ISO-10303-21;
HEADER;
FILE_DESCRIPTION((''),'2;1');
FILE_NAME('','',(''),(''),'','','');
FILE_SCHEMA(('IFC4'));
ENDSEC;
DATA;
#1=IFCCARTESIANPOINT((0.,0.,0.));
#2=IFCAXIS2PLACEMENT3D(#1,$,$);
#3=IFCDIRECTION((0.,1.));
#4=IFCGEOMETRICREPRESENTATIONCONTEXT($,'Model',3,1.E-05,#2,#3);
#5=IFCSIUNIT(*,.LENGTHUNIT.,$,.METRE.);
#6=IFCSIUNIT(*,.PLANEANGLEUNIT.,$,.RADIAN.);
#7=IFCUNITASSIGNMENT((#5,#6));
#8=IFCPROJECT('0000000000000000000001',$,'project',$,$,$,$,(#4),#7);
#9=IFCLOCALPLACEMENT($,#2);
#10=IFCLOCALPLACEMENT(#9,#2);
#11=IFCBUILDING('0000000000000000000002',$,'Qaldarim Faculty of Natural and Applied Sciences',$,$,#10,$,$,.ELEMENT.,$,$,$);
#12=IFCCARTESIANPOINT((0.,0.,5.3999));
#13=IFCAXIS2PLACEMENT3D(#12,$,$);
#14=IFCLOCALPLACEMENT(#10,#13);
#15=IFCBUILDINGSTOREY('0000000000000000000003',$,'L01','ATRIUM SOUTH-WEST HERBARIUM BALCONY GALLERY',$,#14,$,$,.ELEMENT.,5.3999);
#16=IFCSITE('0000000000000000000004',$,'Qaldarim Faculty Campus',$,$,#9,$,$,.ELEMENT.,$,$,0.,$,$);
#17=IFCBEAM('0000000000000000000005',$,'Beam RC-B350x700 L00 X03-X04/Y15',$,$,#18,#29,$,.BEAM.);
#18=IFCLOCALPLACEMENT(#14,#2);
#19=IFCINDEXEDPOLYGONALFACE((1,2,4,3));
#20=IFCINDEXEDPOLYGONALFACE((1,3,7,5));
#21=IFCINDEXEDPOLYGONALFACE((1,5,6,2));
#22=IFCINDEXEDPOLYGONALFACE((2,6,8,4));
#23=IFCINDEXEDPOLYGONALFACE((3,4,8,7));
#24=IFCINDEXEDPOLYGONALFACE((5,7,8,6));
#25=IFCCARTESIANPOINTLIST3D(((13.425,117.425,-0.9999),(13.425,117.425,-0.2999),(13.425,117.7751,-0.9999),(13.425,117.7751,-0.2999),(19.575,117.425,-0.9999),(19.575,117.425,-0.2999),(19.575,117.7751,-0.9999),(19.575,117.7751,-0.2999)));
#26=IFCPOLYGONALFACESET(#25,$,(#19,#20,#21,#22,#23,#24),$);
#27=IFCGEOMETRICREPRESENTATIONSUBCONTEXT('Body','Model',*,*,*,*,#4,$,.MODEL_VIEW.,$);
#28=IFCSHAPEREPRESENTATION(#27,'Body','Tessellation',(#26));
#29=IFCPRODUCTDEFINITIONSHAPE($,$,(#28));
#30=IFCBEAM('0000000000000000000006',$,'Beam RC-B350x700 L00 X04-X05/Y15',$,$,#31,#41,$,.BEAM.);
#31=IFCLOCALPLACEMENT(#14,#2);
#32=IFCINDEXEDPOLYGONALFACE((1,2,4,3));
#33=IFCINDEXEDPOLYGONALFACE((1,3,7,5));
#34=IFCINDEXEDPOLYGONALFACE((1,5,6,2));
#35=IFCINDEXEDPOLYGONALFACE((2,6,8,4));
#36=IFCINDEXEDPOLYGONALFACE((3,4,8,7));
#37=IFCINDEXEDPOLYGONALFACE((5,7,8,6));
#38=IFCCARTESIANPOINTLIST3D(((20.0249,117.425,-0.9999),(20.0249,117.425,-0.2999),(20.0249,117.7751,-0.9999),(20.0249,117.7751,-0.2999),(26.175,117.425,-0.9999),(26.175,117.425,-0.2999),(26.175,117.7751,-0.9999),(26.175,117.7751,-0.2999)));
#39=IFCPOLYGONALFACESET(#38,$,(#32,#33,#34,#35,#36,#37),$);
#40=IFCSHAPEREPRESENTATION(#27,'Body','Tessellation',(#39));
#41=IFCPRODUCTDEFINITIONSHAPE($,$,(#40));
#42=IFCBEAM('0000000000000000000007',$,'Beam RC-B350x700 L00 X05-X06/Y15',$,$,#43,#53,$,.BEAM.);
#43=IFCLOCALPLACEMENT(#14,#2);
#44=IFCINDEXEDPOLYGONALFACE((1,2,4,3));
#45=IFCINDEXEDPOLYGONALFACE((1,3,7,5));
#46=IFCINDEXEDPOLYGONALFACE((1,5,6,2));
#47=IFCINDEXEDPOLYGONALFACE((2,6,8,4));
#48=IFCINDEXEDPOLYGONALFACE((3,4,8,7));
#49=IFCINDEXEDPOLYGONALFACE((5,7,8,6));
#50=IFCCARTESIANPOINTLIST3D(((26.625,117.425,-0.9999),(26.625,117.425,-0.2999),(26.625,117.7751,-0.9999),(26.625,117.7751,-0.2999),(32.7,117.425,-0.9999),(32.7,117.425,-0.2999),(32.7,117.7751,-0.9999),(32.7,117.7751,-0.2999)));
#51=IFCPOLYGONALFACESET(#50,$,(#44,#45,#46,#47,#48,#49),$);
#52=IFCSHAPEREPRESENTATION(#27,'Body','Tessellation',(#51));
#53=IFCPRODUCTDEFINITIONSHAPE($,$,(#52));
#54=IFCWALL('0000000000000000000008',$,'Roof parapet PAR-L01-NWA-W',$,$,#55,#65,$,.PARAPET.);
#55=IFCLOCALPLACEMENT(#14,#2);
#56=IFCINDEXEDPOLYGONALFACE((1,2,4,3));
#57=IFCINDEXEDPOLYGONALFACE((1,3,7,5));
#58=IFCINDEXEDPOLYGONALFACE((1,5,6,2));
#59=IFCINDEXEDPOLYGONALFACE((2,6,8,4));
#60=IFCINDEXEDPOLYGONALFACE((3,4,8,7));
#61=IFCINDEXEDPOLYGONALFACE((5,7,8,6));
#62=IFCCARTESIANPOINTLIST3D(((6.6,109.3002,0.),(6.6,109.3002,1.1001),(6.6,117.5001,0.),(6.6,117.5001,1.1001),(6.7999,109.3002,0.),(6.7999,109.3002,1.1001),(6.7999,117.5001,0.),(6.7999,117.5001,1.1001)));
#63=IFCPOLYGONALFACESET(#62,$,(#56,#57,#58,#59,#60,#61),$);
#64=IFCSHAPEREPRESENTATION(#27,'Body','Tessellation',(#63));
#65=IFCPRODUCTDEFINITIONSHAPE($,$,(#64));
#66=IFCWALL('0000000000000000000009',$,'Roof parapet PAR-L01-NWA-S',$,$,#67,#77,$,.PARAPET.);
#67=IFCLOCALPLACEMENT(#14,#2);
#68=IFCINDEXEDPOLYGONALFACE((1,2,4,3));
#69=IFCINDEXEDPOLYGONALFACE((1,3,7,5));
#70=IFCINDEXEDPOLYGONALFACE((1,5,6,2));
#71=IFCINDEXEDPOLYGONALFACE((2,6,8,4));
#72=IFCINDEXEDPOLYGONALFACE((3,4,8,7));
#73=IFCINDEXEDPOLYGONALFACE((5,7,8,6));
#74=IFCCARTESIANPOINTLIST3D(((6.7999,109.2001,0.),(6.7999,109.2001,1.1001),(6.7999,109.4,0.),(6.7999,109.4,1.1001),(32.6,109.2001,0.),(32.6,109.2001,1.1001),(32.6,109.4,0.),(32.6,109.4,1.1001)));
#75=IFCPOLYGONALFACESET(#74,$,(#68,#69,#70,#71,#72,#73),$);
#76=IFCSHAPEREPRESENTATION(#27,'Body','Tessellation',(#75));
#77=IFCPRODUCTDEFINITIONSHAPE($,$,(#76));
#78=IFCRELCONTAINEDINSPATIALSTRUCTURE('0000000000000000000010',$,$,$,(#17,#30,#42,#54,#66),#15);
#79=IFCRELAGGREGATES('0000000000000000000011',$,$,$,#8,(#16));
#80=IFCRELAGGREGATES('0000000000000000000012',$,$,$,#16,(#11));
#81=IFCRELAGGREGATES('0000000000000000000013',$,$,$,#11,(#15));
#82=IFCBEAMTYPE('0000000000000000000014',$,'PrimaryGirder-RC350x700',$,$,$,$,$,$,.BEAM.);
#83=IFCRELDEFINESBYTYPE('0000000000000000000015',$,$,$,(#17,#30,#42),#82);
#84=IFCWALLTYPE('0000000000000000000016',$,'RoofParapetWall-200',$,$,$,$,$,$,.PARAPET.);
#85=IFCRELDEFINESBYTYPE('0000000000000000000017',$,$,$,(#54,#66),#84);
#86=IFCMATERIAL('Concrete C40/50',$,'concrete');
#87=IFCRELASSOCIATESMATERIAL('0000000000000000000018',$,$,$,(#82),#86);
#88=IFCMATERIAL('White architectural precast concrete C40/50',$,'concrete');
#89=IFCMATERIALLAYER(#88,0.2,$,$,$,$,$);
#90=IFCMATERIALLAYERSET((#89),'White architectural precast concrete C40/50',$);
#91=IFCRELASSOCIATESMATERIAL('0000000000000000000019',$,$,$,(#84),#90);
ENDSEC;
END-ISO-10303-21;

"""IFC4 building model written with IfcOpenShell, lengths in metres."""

from ifc_helpers import new_model, si_unit, direction, frame, frame_2d, origin, origin_2d, place, context, subcontext, project, spatial, rectangle, extrude, material, layer, layer_set, material_profile, profile_set, type_object, element, save


model = new_model("IFC4")

# Units and contexts
model_context = context("Model", 3, precision=1e-05, world=origin(), true_north=direction((0.0, 1.0)))
body_context = subcontext(model_context, "Body", "Model", "MODEL_VIEW")
ifc_project = project(units=[si_unit("LENGTHUNIT", "METRE"), si_unit("PLANEANGLEUNIT", "RADIAN")], contexts=[model_context])

# Site, building, storey
site_placement = place(None, origin())
site = spatial("IfcSite", under=ifc_project, at=site_placement, Name="Qaldarim Faculty Campus", CompositionType="ELEMENT", RefElevation=0.0)
building_placement = place(site_placement, origin())
building = spatial("IfcBuilding", under=site, at=building_placement, Name="Qaldarim Faculty of Natural and Applied Sciences", CompositionType="ELEMENT")
storey_placement = place(building_placement, frame((0.0, 0.0, 5.3999)))
storey = spatial("IfcBuildingStorey", under=building, at=storey_placement, Name="L01", Description="ATRIUM SOUTH-WEST HERBARIUM BALCONY GALLERY", CompositionType="ELEMENT", Elevation=5.3999)

# Beams
ifc_material_1 = material(Name="Concrete C40/50", Category="concrete")
ifc_material_profile_1 = material_profile(ifc_material_1, rectangle(XDim=0.3501, YDim=0.7, at=origin_2d()), Name="RC-B350x700")
ifc_profile_set_1 = profile_set([ifc_material_profile_1], Name="Concrete C40/50")
beam_type_1 = type_object("IfcBeamType", Name="PrimaryGirder-RC350x700", PredefinedType="BEAM", material=ifc_profile_set_1)
beam_1_placement = place(storey_placement, frame((13.425, 117.6001, -0.6499), z_axis=(1.0, 0.0, 0.0), x_axis=(0.0, 1.0, 0.0)))
element("IfcBeam", 1, at=beam_1_placement, inside=storey, type_object=beam_type_1, Name="Beam RC-B350x700 L00 X03-X04/Y15", PredefinedType="BEAM", context=body_context, shape_type="SweptSolid", body=[
    extrude(rectangle(XDim=0.3501, YDim=0.7, at=origin_2d()), origin(), (0.0, 0.0, 1.0), 6.1499),
])
beam_2_placement = place(storey_placement, frame((20.0249, 117.6001, -0.6499), z_axis=(1.0, 0.0, 0.0), x_axis=(0.0, 1.0, 0.0)))
element("IfcBeam", 2, at=beam_2_placement, inside=storey, type_object=beam_type_1, Name="Beam RC-B350x700 L00 X04-X05/Y15", PredefinedType="BEAM", context=body_context, shape_type="SweptSolid", body=[
    extrude(rectangle(XDim=0.3501, YDim=0.7, at=origin_2d()), origin(), (0.0, 0.0, 1.0), 6.1501),
])
beam_3_placement = place(storey_placement, frame((26.625, 117.6001, -0.6499), z_axis=(1.0, 0.0, 0.0), x_axis=(0.0, 1.0, 0.0)))
element("IfcBeam", 3, at=beam_3_placement, inside=storey, type_object=beam_type_1, Name="Beam RC-B350x700 L00 X05-X06/Y15", PredefinedType="BEAM", context=body_context, shape_type="SweptSolid", body=[
    extrude(rectangle(XDim=0.3501, YDim=0.7, at=origin_2d()), origin(), (0.0, 0.0, 1.0), 6.075),
])

# Walls
ifc_material_2 = material(Name="White architectural precast concrete C40/50", Category="concrete")
ifc_layer = layer(ifc_material_2, 0.2)
ifc_layer_set = layer_set([ifc_layer], Name="White architectural precast concrete C40/50")
wall_type = type_object("IfcWallType", Name="RoofParapetWall-200", PredefinedType="PARAPET", material=ifc_layer_set)
wall_1_placement = place(storey_placement, frame((6.7, 109.3, 0.0), z_axis=(0.0, 0.0, 1.0), x_axis=(0.0, 1.0, 0.0)))
element("IfcWall", 4, at=wall_1_placement, inside=storey, type_object=wall_type, Name="Roof parapet PAR-L01-NWA-W", PredefinedType="PARAPET", context=body_context, shape_type="SweptSolid", body=[
    extrude(rectangle(XDim=8.2, YDim=0.2, at=frame_2d((4.1001, 0.0))), origin(), (0.0, 0.0, 1.0), 1.1001),
])
wall_2_placement = place(storey_placement, frame((6.8, 109.3, 0.0), z_axis=(0.0, 0.0, 1.0), x_axis=(1.0, 0.0, 0.0)))
element("IfcWall", 5, at=wall_2_placement, inside=storey, type_object=wall_type, Name="Roof parapet PAR-L01-NWA-S", PredefinedType="PARAPET", context=body_context, shape_type="SweptSolid", body=[
    extrude(rectangle(XDim=25.8, YDim=0.2, at=frame_2d((12.8999, 0.0))), origin(), (0.0, 0.0, 1.0), 1.1001),
])

save(model, "model.ifc")
